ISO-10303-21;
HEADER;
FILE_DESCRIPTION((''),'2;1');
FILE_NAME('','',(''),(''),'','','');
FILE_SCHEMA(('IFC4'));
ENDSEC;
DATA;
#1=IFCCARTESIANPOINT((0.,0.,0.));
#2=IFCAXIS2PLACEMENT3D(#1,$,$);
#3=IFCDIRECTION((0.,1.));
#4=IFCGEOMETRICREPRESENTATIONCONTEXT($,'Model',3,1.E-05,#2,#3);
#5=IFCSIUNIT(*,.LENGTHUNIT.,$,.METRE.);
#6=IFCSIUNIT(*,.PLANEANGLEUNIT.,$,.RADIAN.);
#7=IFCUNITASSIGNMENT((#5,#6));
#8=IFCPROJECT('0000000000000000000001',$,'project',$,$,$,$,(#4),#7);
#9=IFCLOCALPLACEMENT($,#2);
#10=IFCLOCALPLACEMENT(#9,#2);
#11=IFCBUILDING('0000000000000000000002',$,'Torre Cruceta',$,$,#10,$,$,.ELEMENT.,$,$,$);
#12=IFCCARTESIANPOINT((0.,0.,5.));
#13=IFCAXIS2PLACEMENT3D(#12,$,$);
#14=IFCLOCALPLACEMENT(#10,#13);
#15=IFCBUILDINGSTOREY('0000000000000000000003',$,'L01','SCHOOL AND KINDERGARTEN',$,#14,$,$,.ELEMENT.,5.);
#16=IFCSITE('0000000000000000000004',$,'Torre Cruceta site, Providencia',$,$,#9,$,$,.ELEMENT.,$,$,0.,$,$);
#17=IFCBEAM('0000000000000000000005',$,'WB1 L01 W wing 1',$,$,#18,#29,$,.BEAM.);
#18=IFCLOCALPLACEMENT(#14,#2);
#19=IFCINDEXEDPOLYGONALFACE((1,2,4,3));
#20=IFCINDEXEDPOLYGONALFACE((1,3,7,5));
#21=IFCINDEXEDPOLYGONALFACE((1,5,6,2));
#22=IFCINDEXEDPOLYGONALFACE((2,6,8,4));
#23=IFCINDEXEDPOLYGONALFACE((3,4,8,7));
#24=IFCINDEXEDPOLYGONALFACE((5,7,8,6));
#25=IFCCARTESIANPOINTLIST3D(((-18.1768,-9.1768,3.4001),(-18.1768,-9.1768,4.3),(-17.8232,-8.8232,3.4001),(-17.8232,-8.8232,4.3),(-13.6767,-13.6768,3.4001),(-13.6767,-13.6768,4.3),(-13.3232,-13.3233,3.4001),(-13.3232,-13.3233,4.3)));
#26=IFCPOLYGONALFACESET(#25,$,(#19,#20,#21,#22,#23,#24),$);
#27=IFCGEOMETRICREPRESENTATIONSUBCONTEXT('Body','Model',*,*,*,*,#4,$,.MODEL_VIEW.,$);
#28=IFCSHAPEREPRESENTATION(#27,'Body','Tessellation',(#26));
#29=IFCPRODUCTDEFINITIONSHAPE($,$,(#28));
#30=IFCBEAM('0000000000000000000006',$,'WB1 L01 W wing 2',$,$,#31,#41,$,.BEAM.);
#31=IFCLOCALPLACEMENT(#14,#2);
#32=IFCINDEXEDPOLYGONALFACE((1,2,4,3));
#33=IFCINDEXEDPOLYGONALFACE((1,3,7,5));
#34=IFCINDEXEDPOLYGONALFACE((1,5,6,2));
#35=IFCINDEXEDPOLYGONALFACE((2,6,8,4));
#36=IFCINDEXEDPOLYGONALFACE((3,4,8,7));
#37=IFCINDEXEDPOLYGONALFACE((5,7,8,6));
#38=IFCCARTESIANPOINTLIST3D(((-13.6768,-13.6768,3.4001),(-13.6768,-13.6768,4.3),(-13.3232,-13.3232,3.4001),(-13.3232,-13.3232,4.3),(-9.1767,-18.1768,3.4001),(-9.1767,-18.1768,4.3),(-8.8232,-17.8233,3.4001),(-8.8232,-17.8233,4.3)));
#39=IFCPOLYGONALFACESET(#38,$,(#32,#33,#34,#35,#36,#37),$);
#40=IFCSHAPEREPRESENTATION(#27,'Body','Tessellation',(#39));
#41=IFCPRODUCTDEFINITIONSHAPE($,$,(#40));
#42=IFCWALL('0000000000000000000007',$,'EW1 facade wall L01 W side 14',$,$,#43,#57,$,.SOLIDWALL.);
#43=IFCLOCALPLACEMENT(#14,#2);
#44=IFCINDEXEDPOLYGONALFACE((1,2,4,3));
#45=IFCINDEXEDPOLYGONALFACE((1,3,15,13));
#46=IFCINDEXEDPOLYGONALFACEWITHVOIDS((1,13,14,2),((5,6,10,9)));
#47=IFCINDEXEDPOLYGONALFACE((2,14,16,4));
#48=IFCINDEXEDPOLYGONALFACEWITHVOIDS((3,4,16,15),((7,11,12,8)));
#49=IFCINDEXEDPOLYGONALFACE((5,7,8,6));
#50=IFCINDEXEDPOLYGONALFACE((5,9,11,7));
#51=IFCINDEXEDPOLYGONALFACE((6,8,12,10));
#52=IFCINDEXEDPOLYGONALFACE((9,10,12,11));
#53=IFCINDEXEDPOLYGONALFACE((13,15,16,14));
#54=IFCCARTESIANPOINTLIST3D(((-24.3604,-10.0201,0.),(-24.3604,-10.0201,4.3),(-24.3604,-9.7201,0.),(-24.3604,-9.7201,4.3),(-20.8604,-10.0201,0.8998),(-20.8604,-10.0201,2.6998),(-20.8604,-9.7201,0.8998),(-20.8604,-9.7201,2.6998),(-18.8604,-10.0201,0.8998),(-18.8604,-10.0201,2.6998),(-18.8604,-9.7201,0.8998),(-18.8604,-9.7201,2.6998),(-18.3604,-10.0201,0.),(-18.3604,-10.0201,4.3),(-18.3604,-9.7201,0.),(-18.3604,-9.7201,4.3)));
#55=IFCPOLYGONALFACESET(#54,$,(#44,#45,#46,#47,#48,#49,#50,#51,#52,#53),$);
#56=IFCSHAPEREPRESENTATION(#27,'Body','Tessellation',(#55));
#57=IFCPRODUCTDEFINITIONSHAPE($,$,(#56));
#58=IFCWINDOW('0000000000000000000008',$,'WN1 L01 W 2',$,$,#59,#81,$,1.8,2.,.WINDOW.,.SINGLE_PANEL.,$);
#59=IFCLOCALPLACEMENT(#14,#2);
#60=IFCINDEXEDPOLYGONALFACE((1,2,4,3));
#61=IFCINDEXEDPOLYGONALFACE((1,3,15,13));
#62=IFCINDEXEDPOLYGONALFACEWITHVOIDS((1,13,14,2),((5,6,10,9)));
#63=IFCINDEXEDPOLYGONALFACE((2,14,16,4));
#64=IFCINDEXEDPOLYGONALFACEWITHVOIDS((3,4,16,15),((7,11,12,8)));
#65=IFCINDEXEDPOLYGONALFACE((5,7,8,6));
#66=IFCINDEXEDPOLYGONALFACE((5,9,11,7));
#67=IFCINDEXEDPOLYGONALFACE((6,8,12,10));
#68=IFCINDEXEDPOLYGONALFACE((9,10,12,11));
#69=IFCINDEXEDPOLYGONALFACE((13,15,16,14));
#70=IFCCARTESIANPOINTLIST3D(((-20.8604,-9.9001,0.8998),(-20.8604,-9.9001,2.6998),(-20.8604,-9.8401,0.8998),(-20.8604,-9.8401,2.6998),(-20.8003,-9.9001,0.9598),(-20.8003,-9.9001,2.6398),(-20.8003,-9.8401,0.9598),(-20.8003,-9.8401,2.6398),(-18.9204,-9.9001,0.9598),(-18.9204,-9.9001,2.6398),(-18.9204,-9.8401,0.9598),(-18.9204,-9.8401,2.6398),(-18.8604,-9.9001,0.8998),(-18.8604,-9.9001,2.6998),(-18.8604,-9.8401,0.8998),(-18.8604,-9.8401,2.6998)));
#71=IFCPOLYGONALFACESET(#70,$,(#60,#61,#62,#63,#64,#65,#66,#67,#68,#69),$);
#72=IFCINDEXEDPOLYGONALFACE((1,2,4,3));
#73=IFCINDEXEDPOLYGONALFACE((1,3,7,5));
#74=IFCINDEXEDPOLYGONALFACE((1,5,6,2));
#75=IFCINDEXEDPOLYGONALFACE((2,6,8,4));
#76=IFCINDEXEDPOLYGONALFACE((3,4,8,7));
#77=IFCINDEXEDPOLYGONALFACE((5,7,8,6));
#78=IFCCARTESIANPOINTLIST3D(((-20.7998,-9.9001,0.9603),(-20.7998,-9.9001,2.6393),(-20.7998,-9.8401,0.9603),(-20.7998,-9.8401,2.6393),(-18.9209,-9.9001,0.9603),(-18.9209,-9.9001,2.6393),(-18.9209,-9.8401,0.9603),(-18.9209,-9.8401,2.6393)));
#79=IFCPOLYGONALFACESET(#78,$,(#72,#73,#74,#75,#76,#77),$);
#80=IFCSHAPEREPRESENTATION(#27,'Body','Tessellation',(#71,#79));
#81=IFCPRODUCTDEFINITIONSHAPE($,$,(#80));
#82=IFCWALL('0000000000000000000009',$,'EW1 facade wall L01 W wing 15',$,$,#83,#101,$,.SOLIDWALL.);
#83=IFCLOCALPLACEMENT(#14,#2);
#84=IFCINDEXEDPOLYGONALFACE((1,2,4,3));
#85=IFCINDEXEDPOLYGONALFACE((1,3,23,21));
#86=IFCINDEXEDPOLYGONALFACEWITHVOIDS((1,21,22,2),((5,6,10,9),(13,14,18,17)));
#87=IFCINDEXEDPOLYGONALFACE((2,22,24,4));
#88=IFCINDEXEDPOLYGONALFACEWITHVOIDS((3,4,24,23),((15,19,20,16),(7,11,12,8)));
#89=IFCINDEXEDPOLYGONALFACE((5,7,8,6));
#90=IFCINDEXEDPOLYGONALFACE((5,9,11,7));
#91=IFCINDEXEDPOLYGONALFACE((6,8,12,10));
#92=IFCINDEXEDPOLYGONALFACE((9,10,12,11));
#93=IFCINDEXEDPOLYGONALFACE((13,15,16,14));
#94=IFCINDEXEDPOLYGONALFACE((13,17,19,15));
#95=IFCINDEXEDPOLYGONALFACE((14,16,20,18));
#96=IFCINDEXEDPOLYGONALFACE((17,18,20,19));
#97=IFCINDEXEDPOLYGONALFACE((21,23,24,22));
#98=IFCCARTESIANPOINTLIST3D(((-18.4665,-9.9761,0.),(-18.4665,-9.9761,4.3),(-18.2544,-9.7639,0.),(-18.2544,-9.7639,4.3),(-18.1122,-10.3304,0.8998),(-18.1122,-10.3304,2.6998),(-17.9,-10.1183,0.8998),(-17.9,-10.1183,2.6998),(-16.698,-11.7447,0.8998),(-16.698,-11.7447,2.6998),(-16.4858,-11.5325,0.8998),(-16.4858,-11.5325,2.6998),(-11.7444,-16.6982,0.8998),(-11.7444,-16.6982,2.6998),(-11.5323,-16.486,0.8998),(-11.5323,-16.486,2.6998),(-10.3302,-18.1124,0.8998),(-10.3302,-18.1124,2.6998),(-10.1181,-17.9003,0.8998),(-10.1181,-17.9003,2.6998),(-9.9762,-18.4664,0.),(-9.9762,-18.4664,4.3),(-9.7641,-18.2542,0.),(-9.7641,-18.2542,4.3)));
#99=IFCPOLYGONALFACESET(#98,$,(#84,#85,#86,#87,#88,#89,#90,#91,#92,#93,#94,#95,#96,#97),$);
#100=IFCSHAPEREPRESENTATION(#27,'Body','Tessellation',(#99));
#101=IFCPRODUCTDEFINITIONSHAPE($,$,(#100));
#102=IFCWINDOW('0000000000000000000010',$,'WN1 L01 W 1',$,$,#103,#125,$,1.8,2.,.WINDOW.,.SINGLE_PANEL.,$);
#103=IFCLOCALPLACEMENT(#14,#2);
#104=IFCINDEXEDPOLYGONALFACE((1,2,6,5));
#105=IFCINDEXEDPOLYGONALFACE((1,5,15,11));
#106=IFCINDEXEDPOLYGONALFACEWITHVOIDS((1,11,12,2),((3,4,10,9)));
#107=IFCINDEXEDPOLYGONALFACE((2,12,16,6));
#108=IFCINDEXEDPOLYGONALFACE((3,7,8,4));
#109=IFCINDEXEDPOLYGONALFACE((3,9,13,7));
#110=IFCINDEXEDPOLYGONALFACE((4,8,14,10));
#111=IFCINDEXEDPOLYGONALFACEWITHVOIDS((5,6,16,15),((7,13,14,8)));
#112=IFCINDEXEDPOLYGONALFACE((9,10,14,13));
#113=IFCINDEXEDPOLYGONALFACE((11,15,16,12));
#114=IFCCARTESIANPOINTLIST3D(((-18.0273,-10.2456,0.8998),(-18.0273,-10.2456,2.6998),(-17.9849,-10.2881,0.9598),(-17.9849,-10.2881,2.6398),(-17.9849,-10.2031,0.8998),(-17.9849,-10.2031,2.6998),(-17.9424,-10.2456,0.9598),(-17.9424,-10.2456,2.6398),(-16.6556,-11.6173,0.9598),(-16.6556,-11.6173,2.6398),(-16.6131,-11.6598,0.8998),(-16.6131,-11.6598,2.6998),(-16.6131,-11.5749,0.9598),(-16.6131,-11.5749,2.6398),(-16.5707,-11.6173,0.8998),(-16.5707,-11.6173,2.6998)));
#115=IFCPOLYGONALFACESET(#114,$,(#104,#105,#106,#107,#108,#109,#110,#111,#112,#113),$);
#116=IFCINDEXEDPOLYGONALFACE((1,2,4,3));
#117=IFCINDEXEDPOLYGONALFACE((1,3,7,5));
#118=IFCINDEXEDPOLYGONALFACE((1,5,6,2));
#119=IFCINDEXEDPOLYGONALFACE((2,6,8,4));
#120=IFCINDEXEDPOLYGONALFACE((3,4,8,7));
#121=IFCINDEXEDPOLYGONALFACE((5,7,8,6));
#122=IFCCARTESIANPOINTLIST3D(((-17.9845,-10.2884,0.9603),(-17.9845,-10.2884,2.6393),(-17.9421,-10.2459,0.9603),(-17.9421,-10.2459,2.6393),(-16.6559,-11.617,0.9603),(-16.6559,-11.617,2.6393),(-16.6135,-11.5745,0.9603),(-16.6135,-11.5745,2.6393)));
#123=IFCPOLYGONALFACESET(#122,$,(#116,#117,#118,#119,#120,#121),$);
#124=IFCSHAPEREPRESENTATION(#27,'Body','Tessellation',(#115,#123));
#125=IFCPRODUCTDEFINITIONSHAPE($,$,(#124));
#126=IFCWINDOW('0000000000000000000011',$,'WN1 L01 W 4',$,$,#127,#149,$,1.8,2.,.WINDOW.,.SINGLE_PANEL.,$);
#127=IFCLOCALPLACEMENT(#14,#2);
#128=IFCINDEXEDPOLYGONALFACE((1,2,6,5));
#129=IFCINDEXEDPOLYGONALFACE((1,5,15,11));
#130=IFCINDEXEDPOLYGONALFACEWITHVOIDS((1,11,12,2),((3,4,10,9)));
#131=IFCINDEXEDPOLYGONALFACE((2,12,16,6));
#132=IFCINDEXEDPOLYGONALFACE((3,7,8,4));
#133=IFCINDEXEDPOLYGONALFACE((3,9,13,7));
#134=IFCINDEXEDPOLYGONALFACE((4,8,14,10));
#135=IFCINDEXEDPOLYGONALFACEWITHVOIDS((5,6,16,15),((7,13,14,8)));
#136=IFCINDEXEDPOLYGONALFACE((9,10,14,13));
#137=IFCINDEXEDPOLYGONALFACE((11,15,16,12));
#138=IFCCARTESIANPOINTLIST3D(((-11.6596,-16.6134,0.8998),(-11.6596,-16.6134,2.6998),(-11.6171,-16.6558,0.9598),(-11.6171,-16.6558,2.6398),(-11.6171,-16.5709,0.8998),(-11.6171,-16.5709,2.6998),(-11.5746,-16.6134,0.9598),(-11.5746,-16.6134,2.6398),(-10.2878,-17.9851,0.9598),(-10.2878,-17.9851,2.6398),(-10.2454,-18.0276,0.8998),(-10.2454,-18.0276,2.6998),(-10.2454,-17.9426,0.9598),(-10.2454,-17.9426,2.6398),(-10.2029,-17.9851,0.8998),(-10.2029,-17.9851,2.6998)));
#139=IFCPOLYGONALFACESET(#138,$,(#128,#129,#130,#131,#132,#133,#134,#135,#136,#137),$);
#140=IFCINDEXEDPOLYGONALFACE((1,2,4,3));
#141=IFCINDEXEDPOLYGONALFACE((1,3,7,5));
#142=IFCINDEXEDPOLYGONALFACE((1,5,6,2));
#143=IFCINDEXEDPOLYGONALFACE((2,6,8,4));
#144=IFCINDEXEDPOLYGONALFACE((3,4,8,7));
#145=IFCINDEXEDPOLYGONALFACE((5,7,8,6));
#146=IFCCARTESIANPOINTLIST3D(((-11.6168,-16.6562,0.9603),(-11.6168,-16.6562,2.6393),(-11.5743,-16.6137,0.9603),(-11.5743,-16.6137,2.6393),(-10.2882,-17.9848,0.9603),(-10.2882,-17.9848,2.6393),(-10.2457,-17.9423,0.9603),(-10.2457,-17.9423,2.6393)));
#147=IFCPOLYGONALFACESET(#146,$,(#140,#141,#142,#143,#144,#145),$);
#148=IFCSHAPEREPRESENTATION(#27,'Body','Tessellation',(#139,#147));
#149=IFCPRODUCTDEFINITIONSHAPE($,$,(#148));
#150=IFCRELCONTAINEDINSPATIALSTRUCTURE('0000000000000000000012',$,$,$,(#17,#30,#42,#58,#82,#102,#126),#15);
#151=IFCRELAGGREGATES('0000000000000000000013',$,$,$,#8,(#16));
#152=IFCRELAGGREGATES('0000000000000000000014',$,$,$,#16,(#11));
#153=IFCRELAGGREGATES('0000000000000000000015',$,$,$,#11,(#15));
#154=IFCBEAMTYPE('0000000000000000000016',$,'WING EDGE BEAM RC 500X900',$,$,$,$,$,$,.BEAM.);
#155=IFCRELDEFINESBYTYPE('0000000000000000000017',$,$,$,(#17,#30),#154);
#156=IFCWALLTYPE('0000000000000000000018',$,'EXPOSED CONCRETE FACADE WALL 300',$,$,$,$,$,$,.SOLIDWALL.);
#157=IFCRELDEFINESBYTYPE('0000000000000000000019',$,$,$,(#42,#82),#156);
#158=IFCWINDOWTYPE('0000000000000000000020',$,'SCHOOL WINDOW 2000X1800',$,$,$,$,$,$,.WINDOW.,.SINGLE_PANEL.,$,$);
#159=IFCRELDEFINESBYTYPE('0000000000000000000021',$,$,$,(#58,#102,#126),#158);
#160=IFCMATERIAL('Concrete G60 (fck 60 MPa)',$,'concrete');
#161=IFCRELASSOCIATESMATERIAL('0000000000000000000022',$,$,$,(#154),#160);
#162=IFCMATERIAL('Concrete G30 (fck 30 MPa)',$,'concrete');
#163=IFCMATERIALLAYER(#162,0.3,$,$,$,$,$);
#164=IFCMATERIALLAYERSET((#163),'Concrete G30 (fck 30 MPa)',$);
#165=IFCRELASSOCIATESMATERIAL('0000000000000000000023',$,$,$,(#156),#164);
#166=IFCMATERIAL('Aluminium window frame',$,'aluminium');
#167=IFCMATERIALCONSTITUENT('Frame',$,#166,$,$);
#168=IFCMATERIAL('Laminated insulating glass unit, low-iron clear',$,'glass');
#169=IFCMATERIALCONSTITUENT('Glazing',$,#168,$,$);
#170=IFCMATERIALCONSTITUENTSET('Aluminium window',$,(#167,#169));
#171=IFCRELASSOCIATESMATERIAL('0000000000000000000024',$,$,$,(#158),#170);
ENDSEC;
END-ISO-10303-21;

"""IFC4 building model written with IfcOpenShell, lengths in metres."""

from ifc_helpers import new_model, si_unit, direction, frame, frame_2d, origin, origin_2d, place, context, subcontext, project, spatial, rectangle, hollow_rectangle, extrude, material, layer, layer_set, constituent, constituent_set, material_profile, profile_set, type_object, element, fill, save


model = new_model("IFC4")

# Units and contexts
model_context = context("Model", 3, precision=1e-05, world=origin(), true_north=direction((0.0, 1.0)))
body_context = subcontext(model_context, "Body", "Model", "MODEL_VIEW")
ifc_project = project(units=[si_unit("LENGTHUNIT", "METRE"), si_unit("PLANEANGLEUNIT", "RADIAN")], contexts=[model_context])

# Site, building, storey
site_placement = place(None, origin())
site = spatial("IfcSite", under=ifc_project, at=site_placement, Name="Torre Cruceta site, Providencia", CompositionType="ELEMENT", RefElevation=0.0)
building_placement = place(site_placement, origin())
building = spatial("IfcBuilding", under=site, at=building_placement, Name="Torre Cruceta", CompositionType="ELEMENT")
storey_placement = place(building_placement, frame((0.0, 0.0, 5.0)))
storey = spatial("IfcBuildingStorey", under=building, at=storey_placement, Name="L01", Description="SCHOOL AND KINDERGARTEN", CompositionType="ELEMENT", Elevation=5.0)

# Beams
ifc_material_1 = material(Name="Concrete G60 (fck 60 MPa)", Category="concrete")
ifc_material_profile_1 = material_profile(ifc_material_1, rectangle(XDim=0.5, YDim=0.8999, at=origin_2d()), Name="RC 500X900")
ifc_profile_set_1 = profile_set([ifc_material_profile_1], Name="Concrete G60 (fck 60 MPa)")
beam_type_1 = type_object("IfcBeamType", Name="WING EDGE BEAM RC 500X900", PredefinedType="BEAM", material=ifc_profile_set_1)
for number, where, z_axis, x_axis, name in (
    (1, (-18.0, -9.0, 3.8501), (0.707107, -0.707107, 0.0), (0.707107, 0.707107, 0.0), "WB1 L01 W wing 1"),
    (2, (-13.5, -13.5, 3.8501), (0.707107, -0.707107, 0.0), (0.707107, 0.707107, 0.0), "WB1 L01 W wing 2"),
):
    element("IfcBeam", number, at=place(storey_placement, frame(where, z_axis=z_axis, x_axis=x_axis)), inside=storey, type_object=beam_type_1, Name=name, PredefinedType="BEAM", context=body_context, shape_type="SweptSolid", body=[
        extrude(rectangle(XDim=0.5, YDim=0.8999, at=origin_2d()), origin(), (0.0, 0.0, 1.0), 6.364),
    ])

# Wall, opening, window
ifc_material_2 = material(Name="Concrete G30 (fck 30 MPa)", Category="concrete")
ifc_layer_1 = layer(ifc_material_2, 0.3)
ifc_layer_set_1 = layer_set([ifc_layer_1], Name="Concrete G30 (fck 30 MPa)")
wall_type_1 = type_object("IfcWallType", Name="EXPOSED CONCRETE FACADE WALL 300", PredefinedType="SOLIDWALL", material=ifc_layer_set_1)
wall_1_placement = place(storey_placement, frame((-24.3604, -9.8701, 0.0), z_axis=(0.0, 0.0, 1.0), x_axis=(1.0, 0.0, 0.0)))
wall_1 = element("IfcWall", 3, at=wall_1_placement, inside=storey, type_object=wall_type_1, Name="EW1 facade wall L01 W side 14", PredefinedType="SOLIDWALL", context=body_context, shape_type="SweptSolid", body=[
    extrude(rectangle(XDim=6.0, YDim=0.3, at=frame_2d((3.0, 0.0))), origin(), (0.0, 0.0, 1.0), 4.3),
])
opening_1_placement = place(wall_1_placement, frame((3.5, 0.0, 0.8999)))
opening_1 = element("IfcOpeningElement", 4, at=opening_1_placement, cuts=wall_1, PredefinedType="OPENING", context=body_context, shape_type="SweptSolid", body=[
    extrude(rectangle(XDim=2.0, YDim=1.8, at=frame_2d((1.0, 0.8999))), frame((0.0, 0.1599, 0.0), z_axis=(0.0, -1.0, 0.0), x_axis=(1.0, 0.0, 0.0)), (0.0, 0.0, 1.0), 0.3201),
])
ifc_material_3 = material(Name="Aluminium window frame", Category="aluminium")
ifc_constituent_1 = constituent(ifc_material_3, Name="Frame")
ifc_material_4 = material(Name="Laminated insulating glass unit, low-iron clear", Category="glass")
ifc_constituent_2 = constituent(ifc_material_4, Name="Glazing")
ifc_constituent_set = constituent_set(constituents=[ifc_constituent_1, ifc_constituent_2], Name="Aluminium window")
window_type = type_object("IfcWindowType", Name="SCHOOL WINDOW 2000X1800", PartitioningType="SINGLE_PANEL", PredefinedType="WINDOW", material=ifc_constituent_set)
window_1_placement = place(opening_1_placement, origin())
window_1 = element("IfcWindow", 5, at=window_1_placement, inside=storey, type_object=window_type, Name="WN1 L01 W 2", OverallHeight=1.8, OverallWidth=2.0, PartitioningType="SINGLE_PANEL", PredefinedType="WINDOW", context=body_context, shape_type="SweptSolid", body=[
    extrude(hollow_rectangle(XDim=2.0, YDim=1.8, WallThickness=0.0601, at=frame_2d((1.0, 0.8999))), frame((0.0, 0.03, 0.0), z_axis=(0.0, -1.0, 0.0), x_axis=(1.0, 0.0, 0.0)), (0.0, 0.0, 1.0), 0.0601),
    extrude(rectangle(XDim=1.8789, YDim=1.679, at=frame_2d((1.0, 0.8999))), frame((0.0, 0.03, 0.0), z_axis=(0.0, -1.0, 0.0), x_axis=(1.0, 0.0, 0.0)), (0.0, 0.0, 1.0), 0.0601),
])
fill(opening_1, window_1)

# Wall, openings, windows
wall_2_placement = place(storey_placement, frame((-18.3604, -9.8701, 0.0), z_axis=(0.0, 0.0, 1.0), x_axis=(0.707107, -0.707107, 0.0)))
wall_2 = element("IfcWall", 6, at=wall_2_placement, inside=storey, type_object=wall_type_1, Name="EW1 facade wall L01 W wing 15", PredefinedType="SOLIDWALL", context=body_context, shape_type="SweptSolid", body=[
    extrude(rectangle(XDim=12.0071, YDim=0.3, at=frame_2d((6.0034, 0.0))), origin(), (0.0, 0.0, 1.0), 4.3),
])
opening_2_placement = place(wall_2_placement, frame((0.501, 0.0, 0.8999)))
opening_2 = element("IfcOpeningElement", 7, at=opening_2_placement, cuts=wall_2, PredefinedType="OPENING", context=body_context, shape_type="SweptSolid", body=[
    extrude(rectangle(XDim=2.0, YDim=1.8, at=frame_2d((1.0, 0.8999))), frame((0.0, 0.1599, 0.0), z_axis=(0.0, -1.0, 0.0), x_axis=(1.0, 0.0, 0.0)), (0.0, 0.0, 1.0), 0.3201),
])
opening_3_placement = place(wall_2_placement, frame((9.5063, 0.0, 0.8999)))
opening_3 = element("IfcOpeningElement", 8, at=opening_3_placement, cuts=wall_2, PredefinedType="OPENING", context=body_context, shape_type="SweptSolid", body=[
    extrude(rectangle(XDim=2.0, YDim=1.8, at=frame_2d((1.0, 0.8999))), frame((0.0, 0.1599, 0.0), z_axis=(0.0, -1.0, 0.0), x_axis=(1.0, 0.0, 0.0)), (0.0, 0.0, 1.0), 0.3201),
])
window_2_placement = place(opening_2_placement, origin())
window_2 = element("IfcWindow", 9, at=window_2_placement, inside=storey, type_object=window_type, Name="WN1 L01 W 1", OverallHeight=1.8, OverallWidth=2.0, PartitioningType="SINGLE_PANEL", PredefinedType="WINDOW", context=body_context, shape_type="SweptSolid", body=[
    extrude(hollow_rectangle(XDim=2.0, YDim=1.8, WallThickness=0.0601, at=frame_2d((1.0, 0.8999))), frame((0.0, 0.03, 0.0), z_axis=(0.0, -1.0, 0.0), x_axis=(1.0, 0.0, 0.0)), (0.0, 0.0, 1.0), 0.0601),
    extrude(rectangle(XDim=1.8789, YDim=1.679, at=frame_2d((1.0, 0.8999))), frame((0.0, 0.03, 0.0), z_axis=(0.0, -1.0, 0.0), x_axis=(1.0, 0.0, 0.0)), (0.0, 0.0, 1.0), 0.0601),
])
fill(opening_2, window_2)
window_3_placement = place(opening_3_placement, origin())
window_3 = element("IfcWindow", 10, at=window_3_placement, inside=storey, type_object=window_type, Name="WN1 L01 W 4", OverallHeight=1.8, OverallWidth=2.0, PartitioningType="SINGLE_PANEL", PredefinedType="WINDOW", context=body_context, shape_type="SweptSolid", body=[
    extrude(hollow_rectangle(XDim=2.0, YDim=1.8, WallThickness=0.0601, at=frame_2d((1.0, 0.8999))), frame((0.0, 0.03, 0.0), z_axis=(0.0, -1.0, 0.0), x_axis=(1.0, 0.0, 0.0)), (0.0, 0.0, 1.0), 0.0601),
    extrude(rectangle(XDim=1.8789, YDim=1.679, at=frame_2d((1.0, 0.8999))), frame((0.0, 0.03, 0.0), z_axis=(0.0, -1.0, 0.0), x_axis=(1.0, 0.0, 0.0)), (0.0, 0.0, 1.0), 0.0601),
])
fill(opening_3, window_3)

save(model, "model.ifc")
